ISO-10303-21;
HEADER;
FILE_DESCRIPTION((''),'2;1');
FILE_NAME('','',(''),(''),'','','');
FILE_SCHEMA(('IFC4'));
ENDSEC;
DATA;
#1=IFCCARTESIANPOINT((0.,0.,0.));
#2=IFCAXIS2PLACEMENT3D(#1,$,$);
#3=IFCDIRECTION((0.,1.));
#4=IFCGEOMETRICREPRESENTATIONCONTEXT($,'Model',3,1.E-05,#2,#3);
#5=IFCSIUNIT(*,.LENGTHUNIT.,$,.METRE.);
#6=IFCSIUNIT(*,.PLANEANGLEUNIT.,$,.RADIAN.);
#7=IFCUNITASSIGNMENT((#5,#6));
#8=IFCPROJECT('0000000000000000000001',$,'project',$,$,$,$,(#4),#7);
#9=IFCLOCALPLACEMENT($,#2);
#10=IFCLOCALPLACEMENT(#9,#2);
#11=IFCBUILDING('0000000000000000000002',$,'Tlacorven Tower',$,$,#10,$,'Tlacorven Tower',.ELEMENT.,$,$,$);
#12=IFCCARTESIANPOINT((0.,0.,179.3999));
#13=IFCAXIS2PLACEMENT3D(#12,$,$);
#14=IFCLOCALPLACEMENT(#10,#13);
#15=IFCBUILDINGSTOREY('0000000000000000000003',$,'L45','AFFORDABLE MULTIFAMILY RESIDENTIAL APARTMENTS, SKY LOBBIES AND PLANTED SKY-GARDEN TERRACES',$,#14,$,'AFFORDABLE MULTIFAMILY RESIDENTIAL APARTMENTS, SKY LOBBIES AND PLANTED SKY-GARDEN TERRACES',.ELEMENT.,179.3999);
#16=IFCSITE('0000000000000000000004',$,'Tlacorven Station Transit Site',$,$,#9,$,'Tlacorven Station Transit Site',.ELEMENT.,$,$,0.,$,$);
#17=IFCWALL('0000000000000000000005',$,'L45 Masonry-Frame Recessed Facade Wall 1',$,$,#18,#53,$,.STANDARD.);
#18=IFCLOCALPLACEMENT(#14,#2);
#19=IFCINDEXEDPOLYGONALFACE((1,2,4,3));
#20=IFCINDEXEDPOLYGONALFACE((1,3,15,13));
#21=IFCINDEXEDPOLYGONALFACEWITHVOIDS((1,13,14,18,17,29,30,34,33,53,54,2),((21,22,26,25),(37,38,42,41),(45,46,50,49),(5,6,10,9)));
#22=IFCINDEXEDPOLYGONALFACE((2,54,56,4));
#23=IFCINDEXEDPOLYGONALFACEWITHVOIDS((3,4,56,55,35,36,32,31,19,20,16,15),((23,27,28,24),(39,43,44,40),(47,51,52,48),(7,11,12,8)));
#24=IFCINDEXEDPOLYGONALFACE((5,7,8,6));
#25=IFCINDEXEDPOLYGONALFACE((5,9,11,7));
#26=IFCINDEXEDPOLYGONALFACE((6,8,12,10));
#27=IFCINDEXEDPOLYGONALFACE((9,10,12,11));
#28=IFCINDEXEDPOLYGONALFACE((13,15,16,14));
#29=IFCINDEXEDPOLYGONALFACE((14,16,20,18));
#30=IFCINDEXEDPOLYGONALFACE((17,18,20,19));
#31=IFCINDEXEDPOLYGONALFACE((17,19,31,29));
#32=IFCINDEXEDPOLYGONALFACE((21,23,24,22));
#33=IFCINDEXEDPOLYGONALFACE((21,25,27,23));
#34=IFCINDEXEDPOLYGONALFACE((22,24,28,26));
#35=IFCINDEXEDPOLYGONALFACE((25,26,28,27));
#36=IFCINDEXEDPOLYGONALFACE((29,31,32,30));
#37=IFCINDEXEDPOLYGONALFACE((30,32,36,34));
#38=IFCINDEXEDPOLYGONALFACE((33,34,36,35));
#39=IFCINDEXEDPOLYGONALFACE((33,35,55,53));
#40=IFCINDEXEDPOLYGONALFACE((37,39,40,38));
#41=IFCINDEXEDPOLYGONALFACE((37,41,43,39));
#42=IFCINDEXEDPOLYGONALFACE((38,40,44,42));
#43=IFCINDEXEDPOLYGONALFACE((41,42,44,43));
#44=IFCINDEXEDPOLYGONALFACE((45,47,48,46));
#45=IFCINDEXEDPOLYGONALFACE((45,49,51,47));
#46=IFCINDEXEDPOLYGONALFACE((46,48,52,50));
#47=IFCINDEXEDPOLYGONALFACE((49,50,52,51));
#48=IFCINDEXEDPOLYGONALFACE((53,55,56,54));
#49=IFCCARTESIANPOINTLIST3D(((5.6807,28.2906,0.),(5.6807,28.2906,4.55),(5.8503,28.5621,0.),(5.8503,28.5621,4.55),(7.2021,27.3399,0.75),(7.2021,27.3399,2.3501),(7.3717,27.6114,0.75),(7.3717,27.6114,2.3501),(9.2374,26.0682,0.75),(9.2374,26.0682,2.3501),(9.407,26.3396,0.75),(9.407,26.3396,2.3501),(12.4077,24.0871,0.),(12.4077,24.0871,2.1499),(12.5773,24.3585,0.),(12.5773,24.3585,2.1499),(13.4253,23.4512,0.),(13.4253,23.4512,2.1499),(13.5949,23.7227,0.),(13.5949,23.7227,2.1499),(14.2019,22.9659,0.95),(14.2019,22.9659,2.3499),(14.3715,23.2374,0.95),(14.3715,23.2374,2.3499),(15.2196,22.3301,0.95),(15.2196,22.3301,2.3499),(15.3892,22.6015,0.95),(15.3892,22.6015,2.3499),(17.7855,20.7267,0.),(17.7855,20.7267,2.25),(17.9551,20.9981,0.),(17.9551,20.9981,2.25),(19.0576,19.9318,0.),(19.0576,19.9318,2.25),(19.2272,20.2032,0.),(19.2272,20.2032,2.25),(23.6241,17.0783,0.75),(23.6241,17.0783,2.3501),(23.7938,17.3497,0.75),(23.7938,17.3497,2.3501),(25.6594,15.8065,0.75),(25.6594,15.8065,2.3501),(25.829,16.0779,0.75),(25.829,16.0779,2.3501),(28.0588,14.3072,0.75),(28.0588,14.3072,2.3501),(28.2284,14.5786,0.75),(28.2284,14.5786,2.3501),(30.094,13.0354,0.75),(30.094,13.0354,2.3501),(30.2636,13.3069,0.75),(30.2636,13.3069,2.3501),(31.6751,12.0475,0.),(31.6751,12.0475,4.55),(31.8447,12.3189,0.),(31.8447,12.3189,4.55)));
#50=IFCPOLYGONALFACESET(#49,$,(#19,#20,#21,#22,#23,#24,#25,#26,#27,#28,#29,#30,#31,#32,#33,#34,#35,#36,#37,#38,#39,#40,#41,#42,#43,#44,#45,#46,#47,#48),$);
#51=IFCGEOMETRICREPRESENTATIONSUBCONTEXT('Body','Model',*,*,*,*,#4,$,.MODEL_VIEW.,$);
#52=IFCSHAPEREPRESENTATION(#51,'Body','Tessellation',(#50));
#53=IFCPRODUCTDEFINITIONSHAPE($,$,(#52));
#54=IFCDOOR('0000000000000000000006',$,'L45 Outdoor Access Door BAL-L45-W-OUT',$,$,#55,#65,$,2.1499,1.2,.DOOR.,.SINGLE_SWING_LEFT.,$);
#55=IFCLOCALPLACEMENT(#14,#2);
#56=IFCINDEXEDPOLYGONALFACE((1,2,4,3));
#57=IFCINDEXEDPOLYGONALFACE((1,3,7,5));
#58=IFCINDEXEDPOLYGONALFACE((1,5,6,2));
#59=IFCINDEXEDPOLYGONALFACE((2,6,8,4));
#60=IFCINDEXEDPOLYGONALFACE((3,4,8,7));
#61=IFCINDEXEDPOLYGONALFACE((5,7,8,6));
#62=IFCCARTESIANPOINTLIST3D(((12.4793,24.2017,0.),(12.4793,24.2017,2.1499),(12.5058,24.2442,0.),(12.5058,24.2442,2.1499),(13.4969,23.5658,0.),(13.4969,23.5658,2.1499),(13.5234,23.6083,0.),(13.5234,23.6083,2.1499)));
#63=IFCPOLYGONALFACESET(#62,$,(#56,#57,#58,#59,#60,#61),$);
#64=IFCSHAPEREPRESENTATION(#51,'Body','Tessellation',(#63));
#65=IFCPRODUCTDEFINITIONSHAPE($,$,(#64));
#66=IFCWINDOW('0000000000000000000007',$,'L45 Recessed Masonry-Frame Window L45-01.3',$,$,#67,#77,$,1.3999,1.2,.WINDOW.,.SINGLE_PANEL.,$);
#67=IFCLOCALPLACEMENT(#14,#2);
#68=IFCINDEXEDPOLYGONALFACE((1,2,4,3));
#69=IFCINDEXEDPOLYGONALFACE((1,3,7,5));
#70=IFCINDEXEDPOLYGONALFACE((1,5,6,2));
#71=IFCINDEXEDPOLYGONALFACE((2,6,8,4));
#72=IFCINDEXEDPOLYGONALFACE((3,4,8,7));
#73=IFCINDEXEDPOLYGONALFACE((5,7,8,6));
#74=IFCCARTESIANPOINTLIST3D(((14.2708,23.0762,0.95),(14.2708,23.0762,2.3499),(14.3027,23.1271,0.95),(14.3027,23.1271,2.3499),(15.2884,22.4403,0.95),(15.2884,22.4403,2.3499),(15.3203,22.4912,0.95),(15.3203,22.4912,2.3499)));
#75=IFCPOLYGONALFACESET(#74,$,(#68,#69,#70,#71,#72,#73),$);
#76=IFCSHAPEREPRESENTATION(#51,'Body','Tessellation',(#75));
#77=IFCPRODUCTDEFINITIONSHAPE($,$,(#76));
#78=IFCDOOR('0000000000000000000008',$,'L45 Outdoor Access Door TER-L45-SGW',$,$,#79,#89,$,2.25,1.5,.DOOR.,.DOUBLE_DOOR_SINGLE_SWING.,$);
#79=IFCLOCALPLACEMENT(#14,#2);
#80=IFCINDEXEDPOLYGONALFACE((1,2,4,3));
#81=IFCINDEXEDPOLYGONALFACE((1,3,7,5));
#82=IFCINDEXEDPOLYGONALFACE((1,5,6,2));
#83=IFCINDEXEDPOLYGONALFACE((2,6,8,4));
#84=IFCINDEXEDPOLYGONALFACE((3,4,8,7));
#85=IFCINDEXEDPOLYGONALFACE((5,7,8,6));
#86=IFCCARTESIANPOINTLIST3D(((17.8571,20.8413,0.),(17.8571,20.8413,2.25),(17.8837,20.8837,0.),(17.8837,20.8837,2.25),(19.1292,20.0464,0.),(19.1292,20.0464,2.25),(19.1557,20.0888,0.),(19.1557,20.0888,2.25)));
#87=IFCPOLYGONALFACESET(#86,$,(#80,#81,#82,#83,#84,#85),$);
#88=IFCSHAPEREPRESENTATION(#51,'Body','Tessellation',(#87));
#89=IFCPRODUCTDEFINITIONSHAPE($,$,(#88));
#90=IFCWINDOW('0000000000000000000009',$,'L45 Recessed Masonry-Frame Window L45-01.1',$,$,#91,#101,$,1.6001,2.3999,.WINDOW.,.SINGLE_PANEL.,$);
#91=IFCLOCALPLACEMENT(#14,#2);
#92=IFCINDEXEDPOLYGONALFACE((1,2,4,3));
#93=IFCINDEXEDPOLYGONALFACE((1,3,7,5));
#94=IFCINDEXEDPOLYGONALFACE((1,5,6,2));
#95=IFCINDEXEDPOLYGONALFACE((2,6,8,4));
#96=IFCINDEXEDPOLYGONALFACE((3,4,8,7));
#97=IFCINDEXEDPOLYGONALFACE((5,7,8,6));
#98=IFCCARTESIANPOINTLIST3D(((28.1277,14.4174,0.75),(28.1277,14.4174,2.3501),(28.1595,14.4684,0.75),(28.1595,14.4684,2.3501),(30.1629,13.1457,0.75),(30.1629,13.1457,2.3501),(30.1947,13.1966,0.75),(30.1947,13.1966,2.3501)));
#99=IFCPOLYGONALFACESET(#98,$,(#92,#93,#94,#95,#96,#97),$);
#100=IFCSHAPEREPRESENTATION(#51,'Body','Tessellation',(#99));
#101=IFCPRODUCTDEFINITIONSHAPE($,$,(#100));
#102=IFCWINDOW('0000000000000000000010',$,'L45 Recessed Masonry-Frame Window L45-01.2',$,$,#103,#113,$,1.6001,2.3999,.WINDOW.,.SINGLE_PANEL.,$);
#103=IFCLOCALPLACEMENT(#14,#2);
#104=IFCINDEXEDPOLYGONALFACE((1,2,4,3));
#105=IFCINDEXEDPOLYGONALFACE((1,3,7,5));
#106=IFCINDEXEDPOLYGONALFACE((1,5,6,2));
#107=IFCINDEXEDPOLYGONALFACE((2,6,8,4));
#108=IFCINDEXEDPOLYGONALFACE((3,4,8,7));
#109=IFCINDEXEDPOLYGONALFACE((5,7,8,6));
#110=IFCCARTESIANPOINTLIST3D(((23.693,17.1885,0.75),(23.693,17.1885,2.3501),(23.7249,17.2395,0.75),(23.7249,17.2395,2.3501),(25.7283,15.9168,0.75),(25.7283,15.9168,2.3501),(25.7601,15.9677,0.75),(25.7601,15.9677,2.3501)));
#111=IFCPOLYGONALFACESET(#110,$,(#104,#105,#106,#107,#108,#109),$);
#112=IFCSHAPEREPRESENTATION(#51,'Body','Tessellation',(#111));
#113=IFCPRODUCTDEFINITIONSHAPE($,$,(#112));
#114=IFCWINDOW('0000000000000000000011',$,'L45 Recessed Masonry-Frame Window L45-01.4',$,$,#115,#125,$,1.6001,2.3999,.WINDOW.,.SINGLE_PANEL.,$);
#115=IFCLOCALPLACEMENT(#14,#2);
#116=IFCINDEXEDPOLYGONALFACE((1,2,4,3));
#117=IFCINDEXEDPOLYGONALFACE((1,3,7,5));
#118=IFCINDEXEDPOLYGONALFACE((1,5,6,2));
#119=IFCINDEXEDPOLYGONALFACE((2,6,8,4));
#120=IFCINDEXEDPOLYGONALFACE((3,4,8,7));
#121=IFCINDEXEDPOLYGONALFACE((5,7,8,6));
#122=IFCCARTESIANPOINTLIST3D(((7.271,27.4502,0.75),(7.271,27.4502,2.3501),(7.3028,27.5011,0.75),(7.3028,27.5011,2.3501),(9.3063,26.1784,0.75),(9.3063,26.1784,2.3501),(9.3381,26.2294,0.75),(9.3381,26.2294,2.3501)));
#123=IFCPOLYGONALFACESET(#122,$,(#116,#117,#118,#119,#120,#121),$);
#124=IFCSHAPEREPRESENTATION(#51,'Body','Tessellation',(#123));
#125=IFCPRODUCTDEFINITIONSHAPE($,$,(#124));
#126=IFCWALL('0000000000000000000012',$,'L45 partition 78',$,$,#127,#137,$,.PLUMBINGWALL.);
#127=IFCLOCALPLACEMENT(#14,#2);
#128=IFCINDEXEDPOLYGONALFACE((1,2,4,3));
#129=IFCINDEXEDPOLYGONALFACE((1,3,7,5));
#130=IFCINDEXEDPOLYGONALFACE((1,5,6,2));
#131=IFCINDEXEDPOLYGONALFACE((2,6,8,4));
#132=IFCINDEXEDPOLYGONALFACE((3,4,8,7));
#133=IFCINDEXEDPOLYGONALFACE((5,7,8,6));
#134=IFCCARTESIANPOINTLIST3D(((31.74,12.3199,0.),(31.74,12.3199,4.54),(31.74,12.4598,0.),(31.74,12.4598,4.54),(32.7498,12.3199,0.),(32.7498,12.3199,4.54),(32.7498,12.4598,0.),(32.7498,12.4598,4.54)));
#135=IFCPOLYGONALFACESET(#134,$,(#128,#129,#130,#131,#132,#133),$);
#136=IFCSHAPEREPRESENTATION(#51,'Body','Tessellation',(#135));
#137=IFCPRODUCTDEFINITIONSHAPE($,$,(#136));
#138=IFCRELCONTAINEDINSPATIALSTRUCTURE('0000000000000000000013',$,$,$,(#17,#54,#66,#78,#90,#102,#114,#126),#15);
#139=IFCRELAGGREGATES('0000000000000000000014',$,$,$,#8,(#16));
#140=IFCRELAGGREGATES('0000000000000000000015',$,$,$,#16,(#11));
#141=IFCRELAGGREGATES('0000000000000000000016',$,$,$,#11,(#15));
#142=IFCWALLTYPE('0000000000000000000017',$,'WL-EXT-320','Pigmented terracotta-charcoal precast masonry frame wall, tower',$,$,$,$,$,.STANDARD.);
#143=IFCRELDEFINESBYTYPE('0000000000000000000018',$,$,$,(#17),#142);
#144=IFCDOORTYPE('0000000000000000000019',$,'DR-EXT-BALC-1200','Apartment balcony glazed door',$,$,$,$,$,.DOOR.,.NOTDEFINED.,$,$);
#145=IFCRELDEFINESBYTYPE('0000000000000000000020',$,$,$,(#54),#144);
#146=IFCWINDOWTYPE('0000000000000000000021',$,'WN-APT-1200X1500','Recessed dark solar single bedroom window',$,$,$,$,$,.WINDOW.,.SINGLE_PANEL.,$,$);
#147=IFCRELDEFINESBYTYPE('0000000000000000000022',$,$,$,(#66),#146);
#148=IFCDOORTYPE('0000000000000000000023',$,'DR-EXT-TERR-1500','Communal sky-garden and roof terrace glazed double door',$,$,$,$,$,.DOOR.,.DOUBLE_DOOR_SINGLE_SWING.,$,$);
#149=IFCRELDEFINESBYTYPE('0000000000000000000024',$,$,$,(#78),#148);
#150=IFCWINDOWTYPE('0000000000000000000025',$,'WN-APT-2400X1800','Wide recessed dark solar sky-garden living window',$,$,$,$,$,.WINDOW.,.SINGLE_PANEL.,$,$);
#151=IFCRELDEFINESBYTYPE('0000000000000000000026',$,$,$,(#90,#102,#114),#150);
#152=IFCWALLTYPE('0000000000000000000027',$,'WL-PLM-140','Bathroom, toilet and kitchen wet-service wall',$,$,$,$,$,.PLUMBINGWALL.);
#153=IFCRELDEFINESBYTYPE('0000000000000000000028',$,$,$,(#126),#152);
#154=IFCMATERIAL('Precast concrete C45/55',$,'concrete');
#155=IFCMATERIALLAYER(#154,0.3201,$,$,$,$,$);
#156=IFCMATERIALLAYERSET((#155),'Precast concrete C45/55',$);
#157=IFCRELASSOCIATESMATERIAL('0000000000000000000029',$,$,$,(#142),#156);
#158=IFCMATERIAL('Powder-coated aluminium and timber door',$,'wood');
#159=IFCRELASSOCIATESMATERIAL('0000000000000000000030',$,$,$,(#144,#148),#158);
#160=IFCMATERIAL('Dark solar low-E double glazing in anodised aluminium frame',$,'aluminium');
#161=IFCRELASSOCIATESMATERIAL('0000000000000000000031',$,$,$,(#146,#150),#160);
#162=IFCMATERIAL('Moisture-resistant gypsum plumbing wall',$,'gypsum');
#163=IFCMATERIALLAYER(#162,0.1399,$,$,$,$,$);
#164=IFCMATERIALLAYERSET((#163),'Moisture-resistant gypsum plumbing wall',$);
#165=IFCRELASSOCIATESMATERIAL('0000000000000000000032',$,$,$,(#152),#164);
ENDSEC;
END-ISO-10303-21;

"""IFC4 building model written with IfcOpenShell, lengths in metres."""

from ifc_helpers import new_model, si_unit, direction, frame, frame_2d, origin, place, context, subcontext, project, spatial, rectangle, extrude, source, transform, mapped, material, layer, layer_set, type_object, element, fill, save


model = new_model("IFC4")

# Units and contexts
model_context = context("Model", 3, precision=1e-05, world=origin(), true_north=direction((0.0, 1.0)))
body_context = subcontext(model_context, "Body", "Model", "MODEL_VIEW")
ifc_project = project(units=[si_unit("LENGTHUNIT", "METRE"), si_unit("PLANEANGLEUNIT", "RADIAN")], contexts=[model_context])

# Site, building, storey
site_placement = place(None, origin())
site = spatial("IfcSite", under=ifc_project, at=site_placement, Name="Tlacorven Station Transit Site", LongName="Tlacorven Station Transit Site", CompositionType="ELEMENT", RefElevation=0.0)
building_placement = place(site_placement, origin())
building = spatial("IfcBuilding", under=site, at=building_placement, Name="Tlacorven Tower", LongName="Tlacorven Tower", CompositionType="ELEMENT")
storey_placement = place(building_placement, frame((0.0, 0.0, 179.3999)))
storey = spatial("IfcBuildingStorey", under=building, at=storey_placement, Name="L45", Description="AFFORDABLE MULTIFAMILY RESIDENTIAL APARTMENTS, SKY LOBBIES AND PLANTED SKY-GARDEN TERRACES", LongName="AFFORDABLE MULTIFAMILY RESIDENTIAL APARTMENTS, SKY LOBBIES AND PLANTED SKY-GARDEN TERRACES", CompositionType="ELEMENT", Elevation=179.3999)

# Wall, openings, doors, windows
ifc_material_1 = material(Name="Precast concrete C45/55", Category="concrete")
ifc_layer_1 = layer(ifc_material_1, 0.3201)
ifc_layer_set_1 = layer_set([ifc_layer_1], Name="Precast concrete C45/55")
wall_type_1 = type_object("IfcWallType", Name="WL-EXT-320", Description="Pigmented terracotta-charcoal precast masonry frame wall, tower", PredefinedType="STANDARD", material=ifc_layer_set_1)
wall_1_placement = place(storey_placement, frame((31.76, 12.1831, 0.0), z_axis=(0.0, 0.0, 1.0), x_axis=(-0.848047, 0.529921, 0.0)))
wall_1 = element("IfcWall", 1, at=wall_1_placement, inside=storey, type_object=wall_type_1, Name="L45 Masonry-Frame Recessed Facade Wall 1", PredefinedType="STANDARD", context=body_context, shape_type="SweptSolid", body=[
    extrude(rectangle(XDim=30.6521, YDim=0.3201, at=frame_2d((15.3262, 0.0))), origin(), (0.0, 0.0, 1.0), 4.55),
])
opening_1_placement = place(wall_1_placement, frame((21.5198, 0.0, 0.0)))
opening_1 = element("IfcOpeningElement", 2, at=opening_1_placement, cuts=wall_1, PredefinedType="OPENING", context=body_context, shape_type="SweptSolid", body=[
    extrude(rectangle(XDim=1.2, YDim=2.1499, at=frame_2d((0.6001, 1.075))), frame((0.0, 0.1699, 0.0), z_axis=(0.0, -1.0, 0.0), x_axis=(1.0, 0.0, 0.0)), (0.0, 0.0, 1.0), 0.3401),
])
opening_2_placement = place(wall_1_placement, frame((14.8784, 0.0, 0.0)))
opening_2 = element("IfcOpeningElement", 3, at=opening_2_placement, cuts=wall_1, PredefinedType="OPENING", context=body_context, shape_type="SweptSolid", body=[
    extrude(rectangle(XDim=1.5, YDim=2.25, at=frame_2d((0.75, 1.125))), frame((0.0, 0.1699, 0.0), z_axis=(0.0, -1.0, 0.0), x_axis=(1.0, 0.0, 0.0)), (0.0, 0.0, 1.0), 0.3401),
])
opening_3_placement = place(wall_1_placement, frame((1.8645, 0.0, 0.75)))
opening_3 = element("IfcOpeningElement", 4, at=opening_3_placement, cuts=wall_1, PredefinedType="OPENING", context=body_context, shape_type="SweptSolid", body=[
    extrude(rectangle(XDim=2.3999, YDim=1.6001, at=frame_2d((1.2, 0.8))), frame((0.0, 0.1699, 0.0), z_axis=(0.0, -1.0, 0.0), x_axis=(1.0, 0.0, 0.0)), (0.0, 0.0, 1.0), 0.3401),
])
opening_4_placement = place(wall_1_placement, frame((7.0938, 0.0, 0.75)))
opening_4 = element("IfcOpeningElement", 5, at=opening_4_placement, cuts=wall_1, PredefinedType="OPENING", context=body_context, shape_type="SweptSolid", body=[
    extrude(rectangle(XDim=2.3999, YDim=1.6001, at=frame_2d((1.2, 0.8))), frame((0.0, 0.1699, 0.0), z_axis=(0.0, -1.0, 0.0), x_axis=(1.0, 0.0, 0.0)), (0.0, 0.0, 1.0), 0.3401),
])
opening_5_placement = place(wall_1_placement, frame((19.4041, 0.0, 0.95)))
opening_5 = element("IfcOpeningElement", 6, at=opening_5_placement, cuts=wall_1, PredefinedType="OPENING", context=body_context, shape_type="SweptSolid", body=[
    extrude(rectangle(XDim=1.2, YDim=1.3999, at=frame_2d((0.6001, 0.7))), frame((0.0, 0.1699, 0.0), z_axis=(0.0, -1.0, 0.0), x_axis=(1.0, 0.0, 0.0)), (0.0, 0.0, 1.0), 0.3401),
])
opening_6_placement = place(wall_1_placement, frame((26.4583, 0.0, 0.75)))
opening_6 = element("IfcOpeningElement", 7, at=opening_6_placement, cuts=wall_1, PredefinedType="OPENING", context=body_context, shape_type="SweptSolid", body=[
    extrude(rectangle(XDim=2.3999, YDim=1.6001, at=frame_2d((1.2, 0.8))), frame((0.0, 0.1699, 0.0), z_axis=(0.0, -1.0, 0.0), x_axis=(1.0, 0.0, 0.0)), (0.0, 0.0, 1.0), 0.3401),
])
ifc_material_2 = material(Name="Powder-coated aluminium and timber door", Category="wood")
door_type_1 = type_object("IfcDoorType", Name="DR-EXT-BALC-1200", Description="Apartment balcony glazed door", OperationType="NOTDEFINED", PredefinedType="DOOR", material=ifc_material_2)
shared_shape_1 = source(origin(), body_context, "Body", "SweptSolid", [
    extrude(rectangle(XDim=1.2, YDim=2.1499, at=frame_2d((0.6001, 1.075))), frame((0.0, 0.0249, 0.0), z_axis=(0.0, -1.0, 0.0), x_axis=(1.0, 0.0, 0.0)), (0.0, 0.0, 1.0), 0.05),
])
door_1_placement = place(opening_1_placement, origin())
door_1 = element("IfcDoor", 8, at=door_1_placement, inside=storey, type_object=door_type_1, Name="L45 Outdoor Access Door BAL-L45-W-OUT", OperationType="SINGLE_SWING_LEFT", OverallHeight=2.1499, OverallWidth=1.2, PredefinedType="DOOR", context=body_context, shape_type="MappedRepresentation", body=[
    mapped(shared_shape_1, transform((0.0, 0.0, 0.0), scale=1.0)),
])
fill(opening_1, door_1)
ifc_material_3 = material(Name="Dark solar low-E double glazing in anodised aluminium frame", Category="aluminium")
window_type_1 = type_object("IfcWindowType", Name="WN-APT-1200X1500", Description="Recessed dark solar single bedroom window", PartitioningType="SINGLE_PANEL", PredefinedType="WINDOW", material=ifc_material_3)
shared_shape_2 = source(origin(), body_context, "Body", "SweptSolid", [
    extrude(rectangle(XDim=1.2, YDim=1.3999, at=frame_2d((0.6001, 0.7))), frame((0.0, 0.03, 0.0), z_axis=(0.0, -1.0, 0.0), x_axis=(1.0, 0.0, 0.0)), (0.0, 0.0, 1.0), 0.0601),
])
window_1_placement = place(opening_5_placement, origin())
window_1 = element("IfcWindow", 9, at=window_1_placement, inside=storey, type_object=window_type_1, Name="L45 Recessed Masonry-Frame Window L45-01.3", OverallHeight=1.3999, OverallWidth=1.2, PartitioningType="SINGLE_PANEL", PredefinedType="WINDOW", context=body_context, shape_type="MappedRepresentation", body=[
    mapped(shared_shape_2, transform((0.0, 0.0, 0.0), scale=1.0)),
])
fill(opening_5, window_1)
door_type_2 = type_object("IfcDoorType", Name="DR-EXT-TERR-1500", Description="Communal sky-garden and roof terrace glazed double door", OperationType="DOUBLE_DOOR_SINGLE_SWING", PredefinedType="DOOR", material=ifc_material_2)
shared_shape_3 = source(origin(), body_context, "Body", "SweptSolid", [
    extrude(rectangle(XDim=1.5, YDim=2.25, at=frame_2d((0.75, 1.125))), frame((0.0, 0.0249, 0.0), z_axis=(0.0, -1.0, 0.0), x_axis=(1.0, 0.0, 0.0)), (0.0, 0.0, 1.0), 0.05),
])
door_2_placement = place(opening_2_placement, origin())
door_2 = element("IfcDoor", 10, at=door_2_placement, inside=storey, type_object=door_type_2, Name="L45 Outdoor Access Door TER-L45-SGW", OperationType="DOUBLE_DOOR_SINGLE_SWING", OverallHeight=2.25, OverallWidth=1.5, PredefinedType="DOOR", context=body_context, shape_type="MappedRepresentation", body=[
    mapped(shared_shape_3, transform((0.0, 0.0, 0.0), scale=1.0)),
])
fill(opening_2, door_2)
window_type_2 = type_object("IfcWindowType", Name="WN-APT-2400X1800", Description="Wide recessed dark solar sky-garden living window", PartitioningType="SINGLE_PANEL", PredefinedType="WINDOW", material=ifc_material_3)
shared_shape_4 = source(origin(), body_context, "Body", "SweptSolid", [
    extrude(rectangle(XDim=2.3999, YDim=1.6001, at=frame_2d((1.2, 0.8))), frame((0.0, 0.03, 0.0), z_axis=(0.0, -1.0, 0.0), x_axis=(1.0, 0.0, 0.0)), (0.0, 0.0, 1.0), 0.0601),
])
window_2_placement = place(opening_3_placement, origin())
window_2 = element("IfcWindow", 11, at=window_2_placement, inside=storey, type_object=window_type_2, Name="L45 Recessed Masonry-Frame Window L45-01.1", OverallHeight=1.6001, OverallWidth=2.3999, PartitioningType="SINGLE_PANEL", PredefinedType="WINDOW", context=body_context, shape_type="MappedRepresentation", body=[
    mapped(shared_shape_4, transform((0.0, 0.0, 0.0), scale=1.0)),
])
fill(opening_3, window_2)
window_3_placement = place(opening_4_placement, origin())
window_3 = element("IfcWindow", 12, at=window_3_placement, inside=storey, type_object=window_type_2, Name="L45 Recessed Masonry-Frame Window L45-01.2", OverallHeight=1.6001, OverallWidth=2.3999, PartitioningType="SINGLE_PANEL", PredefinedType="WINDOW", context=body_context, shape_type="MappedRepresentation", body=[
    mapped(shared_shape_4, transform((0.0, 0.0, 0.0), scale=1.0)),
])
fill(opening_4, window_3)
window_4_placement = place(opening_6_placement, origin())
window_4 = element("IfcWindow", 13, at=window_4_placement, inside=storey, type_object=window_type_2, Name="L45 Recessed Masonry-Frame Window L45-01.4", OverallHeight=1.6001, OverallWidth=2.3999, PartitioningType="SINGLE_PANEL", PredefinedType="WINDOW", context=body_context, shape_type="MappedRepresentation", body=[
    mapped(shared_shape_4, transform((0.0, 0.0, 0.0), scale=1.0)),
])
fill(opening_6, window_4)

# Wall
ifc_material_4 = material(Name="Moisture-resistant gypsum plumbing wall", Category="gypsum")
ifc_layer_2 = layer(ifc_material_4, 0.1399)
ifc_layer_set_2 = layer_set([ifc_layer_2], Name="Moisture-resistant gypsum plumbing wall")
wall_type_2 = type_object("IfcWallType", Name="WL-PLM-140", Description="Bathroom, toilet and kitchen wet-service wall", PredefinedType="PLUMBINGWALL", material=ifc_layer_set_2)
wall_2_placement = place(storey_placement, frame((31.74, 12.3899, 0.0), z_axis=(0.0, 0.0, 1.0), x_axis=(1.0, 0.0, 0.0)))
element("IfcWall", 14, at=wall_2_placement, inside=storey, type_object=wall_type_2, Name="L45 partition 78", PredefinedType="PLUMBINGWALL", context=body_context, shape_type="SweptSolid", body=[
    extrude(rectangle(XDim=1.0098, YDim=0.1399, at=frame_2d((0.5049, 0.0))), origin(), (0.0, 0.0, 1.0), 4.54),
])

save(model, "model.ifc")
